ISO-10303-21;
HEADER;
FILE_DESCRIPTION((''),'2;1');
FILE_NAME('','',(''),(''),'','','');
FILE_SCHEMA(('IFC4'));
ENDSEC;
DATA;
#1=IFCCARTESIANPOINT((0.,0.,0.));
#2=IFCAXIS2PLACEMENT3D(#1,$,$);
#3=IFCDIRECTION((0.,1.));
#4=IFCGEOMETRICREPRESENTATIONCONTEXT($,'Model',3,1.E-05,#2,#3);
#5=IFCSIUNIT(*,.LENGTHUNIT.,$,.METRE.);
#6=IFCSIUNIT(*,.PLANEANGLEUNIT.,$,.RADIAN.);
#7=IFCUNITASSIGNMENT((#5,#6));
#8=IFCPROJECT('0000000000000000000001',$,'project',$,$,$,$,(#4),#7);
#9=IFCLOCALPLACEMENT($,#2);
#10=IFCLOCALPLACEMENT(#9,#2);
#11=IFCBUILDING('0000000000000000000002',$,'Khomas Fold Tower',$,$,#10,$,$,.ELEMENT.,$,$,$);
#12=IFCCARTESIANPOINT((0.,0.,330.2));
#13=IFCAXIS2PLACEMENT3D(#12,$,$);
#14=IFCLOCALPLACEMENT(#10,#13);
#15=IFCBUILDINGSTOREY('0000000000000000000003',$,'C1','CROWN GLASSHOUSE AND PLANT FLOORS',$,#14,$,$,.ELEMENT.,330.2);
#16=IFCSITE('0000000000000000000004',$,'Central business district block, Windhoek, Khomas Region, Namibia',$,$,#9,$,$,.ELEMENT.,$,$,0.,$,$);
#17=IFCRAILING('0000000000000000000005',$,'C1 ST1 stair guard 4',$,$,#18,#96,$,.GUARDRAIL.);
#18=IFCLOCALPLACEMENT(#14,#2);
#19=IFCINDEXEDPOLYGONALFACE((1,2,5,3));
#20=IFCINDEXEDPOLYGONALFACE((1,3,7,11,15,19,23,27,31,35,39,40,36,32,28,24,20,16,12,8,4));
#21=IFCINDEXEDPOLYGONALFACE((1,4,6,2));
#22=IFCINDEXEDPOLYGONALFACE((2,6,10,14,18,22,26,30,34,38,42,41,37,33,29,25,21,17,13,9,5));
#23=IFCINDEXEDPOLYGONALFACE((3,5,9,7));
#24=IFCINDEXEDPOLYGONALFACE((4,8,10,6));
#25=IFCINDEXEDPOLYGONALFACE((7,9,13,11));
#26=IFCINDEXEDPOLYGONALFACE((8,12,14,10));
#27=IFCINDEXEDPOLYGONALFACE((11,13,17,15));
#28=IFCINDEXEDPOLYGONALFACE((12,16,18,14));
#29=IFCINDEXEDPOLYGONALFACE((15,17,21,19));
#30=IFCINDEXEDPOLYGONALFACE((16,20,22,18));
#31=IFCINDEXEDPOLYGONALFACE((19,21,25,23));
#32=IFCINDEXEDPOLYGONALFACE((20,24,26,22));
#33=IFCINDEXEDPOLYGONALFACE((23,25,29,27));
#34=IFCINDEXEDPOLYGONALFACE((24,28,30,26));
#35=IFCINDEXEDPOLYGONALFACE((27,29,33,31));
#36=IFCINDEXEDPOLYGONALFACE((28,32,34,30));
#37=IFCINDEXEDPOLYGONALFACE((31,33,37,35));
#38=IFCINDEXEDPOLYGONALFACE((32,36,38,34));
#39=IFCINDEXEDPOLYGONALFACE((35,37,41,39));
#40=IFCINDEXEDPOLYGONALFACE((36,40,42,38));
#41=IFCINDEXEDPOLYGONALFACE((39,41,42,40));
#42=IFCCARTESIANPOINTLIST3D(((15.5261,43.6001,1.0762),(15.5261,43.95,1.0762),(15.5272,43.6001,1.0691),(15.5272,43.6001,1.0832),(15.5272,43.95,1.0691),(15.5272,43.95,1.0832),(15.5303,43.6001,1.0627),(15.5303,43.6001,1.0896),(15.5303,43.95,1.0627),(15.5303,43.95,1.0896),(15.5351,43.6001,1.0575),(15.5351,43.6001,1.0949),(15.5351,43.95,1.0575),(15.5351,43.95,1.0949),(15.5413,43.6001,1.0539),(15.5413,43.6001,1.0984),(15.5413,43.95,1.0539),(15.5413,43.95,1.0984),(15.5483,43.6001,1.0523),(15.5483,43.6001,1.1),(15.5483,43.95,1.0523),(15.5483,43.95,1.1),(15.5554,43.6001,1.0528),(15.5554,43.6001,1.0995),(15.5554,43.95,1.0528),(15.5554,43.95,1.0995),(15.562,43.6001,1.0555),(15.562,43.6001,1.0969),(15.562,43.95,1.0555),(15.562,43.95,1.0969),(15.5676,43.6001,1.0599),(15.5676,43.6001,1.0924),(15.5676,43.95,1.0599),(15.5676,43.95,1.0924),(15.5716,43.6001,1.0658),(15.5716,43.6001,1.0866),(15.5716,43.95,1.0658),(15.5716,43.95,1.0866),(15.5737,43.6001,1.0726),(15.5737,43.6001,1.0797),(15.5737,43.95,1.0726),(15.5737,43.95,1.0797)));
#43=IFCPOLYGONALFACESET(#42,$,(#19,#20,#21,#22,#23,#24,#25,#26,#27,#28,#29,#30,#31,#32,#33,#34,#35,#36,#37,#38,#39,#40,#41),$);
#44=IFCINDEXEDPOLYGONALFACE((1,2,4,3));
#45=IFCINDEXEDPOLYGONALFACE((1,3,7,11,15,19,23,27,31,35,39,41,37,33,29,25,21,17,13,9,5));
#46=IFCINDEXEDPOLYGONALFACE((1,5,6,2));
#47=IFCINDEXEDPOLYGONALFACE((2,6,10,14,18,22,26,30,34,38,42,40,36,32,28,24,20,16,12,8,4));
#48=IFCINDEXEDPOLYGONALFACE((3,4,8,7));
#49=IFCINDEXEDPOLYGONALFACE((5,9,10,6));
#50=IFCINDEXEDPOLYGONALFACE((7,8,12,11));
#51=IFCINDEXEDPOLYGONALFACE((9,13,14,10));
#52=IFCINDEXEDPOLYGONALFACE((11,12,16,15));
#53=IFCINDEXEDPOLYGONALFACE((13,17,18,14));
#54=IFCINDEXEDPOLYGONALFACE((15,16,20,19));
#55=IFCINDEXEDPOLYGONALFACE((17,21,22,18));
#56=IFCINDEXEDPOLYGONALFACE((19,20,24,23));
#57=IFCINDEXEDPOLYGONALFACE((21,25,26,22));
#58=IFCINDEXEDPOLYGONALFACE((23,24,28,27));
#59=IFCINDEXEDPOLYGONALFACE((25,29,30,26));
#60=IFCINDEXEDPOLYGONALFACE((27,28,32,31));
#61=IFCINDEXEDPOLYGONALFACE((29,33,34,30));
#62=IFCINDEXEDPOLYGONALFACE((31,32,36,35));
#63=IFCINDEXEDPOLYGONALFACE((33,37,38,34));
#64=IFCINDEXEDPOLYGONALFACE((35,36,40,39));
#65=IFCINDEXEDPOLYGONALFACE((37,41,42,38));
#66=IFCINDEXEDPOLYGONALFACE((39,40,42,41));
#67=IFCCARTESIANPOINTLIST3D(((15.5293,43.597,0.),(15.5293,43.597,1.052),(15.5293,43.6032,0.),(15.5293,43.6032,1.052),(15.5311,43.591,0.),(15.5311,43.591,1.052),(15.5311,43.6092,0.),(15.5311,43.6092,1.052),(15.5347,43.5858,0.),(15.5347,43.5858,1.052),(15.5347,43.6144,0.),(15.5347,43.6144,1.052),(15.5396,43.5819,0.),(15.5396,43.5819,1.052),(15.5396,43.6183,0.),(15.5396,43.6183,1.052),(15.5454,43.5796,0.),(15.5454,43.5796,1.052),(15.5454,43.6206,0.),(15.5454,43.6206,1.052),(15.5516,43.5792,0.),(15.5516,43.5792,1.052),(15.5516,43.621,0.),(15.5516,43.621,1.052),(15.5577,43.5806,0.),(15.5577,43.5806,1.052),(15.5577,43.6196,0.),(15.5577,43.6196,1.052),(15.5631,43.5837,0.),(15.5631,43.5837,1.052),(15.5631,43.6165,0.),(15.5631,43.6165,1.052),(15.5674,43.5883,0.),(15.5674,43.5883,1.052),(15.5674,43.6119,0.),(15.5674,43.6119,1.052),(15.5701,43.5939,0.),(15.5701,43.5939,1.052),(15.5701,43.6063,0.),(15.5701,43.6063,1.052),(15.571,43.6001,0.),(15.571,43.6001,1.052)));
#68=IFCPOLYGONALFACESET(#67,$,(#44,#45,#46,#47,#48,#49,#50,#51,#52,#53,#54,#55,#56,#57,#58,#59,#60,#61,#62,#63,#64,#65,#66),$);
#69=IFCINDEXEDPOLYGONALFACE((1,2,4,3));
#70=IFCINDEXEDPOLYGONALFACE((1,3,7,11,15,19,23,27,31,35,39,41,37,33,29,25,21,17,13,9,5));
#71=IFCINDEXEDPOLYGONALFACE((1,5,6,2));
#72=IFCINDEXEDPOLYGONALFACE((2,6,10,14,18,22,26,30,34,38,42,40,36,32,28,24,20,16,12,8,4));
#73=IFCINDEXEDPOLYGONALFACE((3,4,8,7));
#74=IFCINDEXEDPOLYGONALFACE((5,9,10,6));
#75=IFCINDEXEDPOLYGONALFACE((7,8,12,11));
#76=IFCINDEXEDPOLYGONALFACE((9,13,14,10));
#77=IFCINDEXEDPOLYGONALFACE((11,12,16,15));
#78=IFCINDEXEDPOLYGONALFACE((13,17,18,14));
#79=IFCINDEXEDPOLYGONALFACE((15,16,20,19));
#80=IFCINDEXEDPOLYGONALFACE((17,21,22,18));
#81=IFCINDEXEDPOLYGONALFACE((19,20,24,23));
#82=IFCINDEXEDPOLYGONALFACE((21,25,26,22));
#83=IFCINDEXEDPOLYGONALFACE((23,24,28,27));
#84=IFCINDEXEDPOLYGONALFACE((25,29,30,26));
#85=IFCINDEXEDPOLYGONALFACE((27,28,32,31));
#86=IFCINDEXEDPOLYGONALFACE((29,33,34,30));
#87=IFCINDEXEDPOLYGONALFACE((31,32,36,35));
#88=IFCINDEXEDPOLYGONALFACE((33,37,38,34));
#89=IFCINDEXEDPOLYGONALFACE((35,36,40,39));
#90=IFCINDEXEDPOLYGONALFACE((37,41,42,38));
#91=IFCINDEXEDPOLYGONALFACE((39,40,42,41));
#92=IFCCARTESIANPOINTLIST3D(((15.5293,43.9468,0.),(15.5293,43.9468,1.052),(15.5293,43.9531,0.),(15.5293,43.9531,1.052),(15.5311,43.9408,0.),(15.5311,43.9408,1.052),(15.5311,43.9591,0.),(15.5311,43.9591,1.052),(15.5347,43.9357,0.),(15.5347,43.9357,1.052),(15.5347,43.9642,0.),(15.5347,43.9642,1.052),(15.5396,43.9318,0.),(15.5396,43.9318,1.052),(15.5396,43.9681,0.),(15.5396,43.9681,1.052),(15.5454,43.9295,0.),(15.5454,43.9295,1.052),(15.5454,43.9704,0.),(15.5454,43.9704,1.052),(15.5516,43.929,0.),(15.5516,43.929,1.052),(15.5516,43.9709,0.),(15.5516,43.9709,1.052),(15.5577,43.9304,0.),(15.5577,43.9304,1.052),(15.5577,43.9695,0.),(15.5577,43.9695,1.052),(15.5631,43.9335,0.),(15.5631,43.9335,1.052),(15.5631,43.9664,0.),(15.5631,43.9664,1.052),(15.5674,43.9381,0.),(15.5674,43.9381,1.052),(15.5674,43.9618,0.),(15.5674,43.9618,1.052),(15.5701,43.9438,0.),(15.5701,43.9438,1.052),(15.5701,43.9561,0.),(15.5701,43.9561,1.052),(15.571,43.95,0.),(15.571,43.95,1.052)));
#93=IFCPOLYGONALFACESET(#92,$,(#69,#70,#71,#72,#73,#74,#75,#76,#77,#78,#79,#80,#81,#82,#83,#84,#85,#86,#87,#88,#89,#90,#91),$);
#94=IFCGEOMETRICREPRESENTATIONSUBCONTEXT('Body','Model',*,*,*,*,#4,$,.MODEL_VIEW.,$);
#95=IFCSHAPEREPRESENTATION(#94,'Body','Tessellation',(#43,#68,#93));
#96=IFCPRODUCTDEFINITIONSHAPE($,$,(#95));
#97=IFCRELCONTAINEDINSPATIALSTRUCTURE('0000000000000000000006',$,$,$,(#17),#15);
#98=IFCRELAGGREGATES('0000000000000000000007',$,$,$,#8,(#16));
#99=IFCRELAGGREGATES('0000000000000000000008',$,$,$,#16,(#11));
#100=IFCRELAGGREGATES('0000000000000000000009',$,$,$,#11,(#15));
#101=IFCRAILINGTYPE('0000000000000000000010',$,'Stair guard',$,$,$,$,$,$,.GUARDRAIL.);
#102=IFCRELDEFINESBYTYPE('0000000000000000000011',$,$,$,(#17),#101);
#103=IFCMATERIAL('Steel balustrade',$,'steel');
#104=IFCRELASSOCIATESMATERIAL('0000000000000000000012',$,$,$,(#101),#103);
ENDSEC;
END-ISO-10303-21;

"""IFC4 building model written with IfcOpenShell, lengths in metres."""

from ifc_helpers import new_model, si_unit, direction, frame, origin, origin_2d, place, context, subcontext, project, spatial, circle, extrude, source, transform, mapped, material, type_object, element, save


model = new_model("IFC4")

# Units and contexts
model_context = context("Model", 3, precision=1e-05, world=origin(), true_north=direction((0.0, 1.0)))
body_context = subcontext(model_context, "Body", "Model", "MODEL_VIEW")
ifc_project = project(units=[si_unit("LENGTHUNIT", "METRE"), si_unit("PLANEANGLEUNIT", "RADIAN")], contexts=[model_context])

# Site, building, storey
site_placement = place(None, origin())
site = spatial("IfcSite", under=ifc_project, at=site_placement, Name="Central business district block, Windhoek, Khomas Region, Namibia", CompositionType="ELEMENT", RefElevation=0.0)
building_placement = place(site_placement, origin())
building = spatial("IfcBuilding", under=site, at=building_placement, Name="Khomas Fold Tower", CompositionType="ELEMENT")
storey_placement = place(building_placement, frame((0.0, 0.0, 330.2)))
storey = spatial("IfcBuildingStorey", under=building, at=storey_placement, Name="C1", Description="CROWN GLASSHOUSE AND PLANT FLOORS", CompositionType="ELEMENT", Elevation=330.2)

# Railing
ifc_material_1 = material(Name="Steel balustrade", Category="steel")
railing_type_1 = type_object("IfcRailingType", Name="Stair guard", PredefinedType="GUARDRAIL", material=ifc_material_1)
shared_shape_1 = source(origin(), body_context, "Body", "SweptSolid", [
    extrude(circle(Radius=0.0239, at=origin_2d()), frame((0.0, 0.0, 1.0762), z_axis=(0.0, 1.0, 0.0), x_axis=(-1.0, 0.0, 0.0)), (0.0, 0.0, 1.0), 0.3499),
    extrude(circle(Radius=0.021, at=origin_2d()), origin(), (0.0, 0.0, 1.0), 1.052),
    extrude(circle(Radius=0.021, at=origin_2d()), frame((0.0, 0.3499, 0.0)), (0.0, 0.0, 1.0), 1.052),
])
railing_1_placement = place(storey_placement, frame((15.55, 43.6001, 0.0)))
element("IfcRailing", 1, at=railing_1_placement, inside=storey, type_object=railing_type_1, Name="C1 ST1 stair guard 4", PredefinedType="GUARDRAIL", context=body_context, shape_type="MappedRepresentation", body=[
    mapped(shared_shape_1, transform((0.0, 0.0, 0.0))),
])

save(model, "model.ifc")
